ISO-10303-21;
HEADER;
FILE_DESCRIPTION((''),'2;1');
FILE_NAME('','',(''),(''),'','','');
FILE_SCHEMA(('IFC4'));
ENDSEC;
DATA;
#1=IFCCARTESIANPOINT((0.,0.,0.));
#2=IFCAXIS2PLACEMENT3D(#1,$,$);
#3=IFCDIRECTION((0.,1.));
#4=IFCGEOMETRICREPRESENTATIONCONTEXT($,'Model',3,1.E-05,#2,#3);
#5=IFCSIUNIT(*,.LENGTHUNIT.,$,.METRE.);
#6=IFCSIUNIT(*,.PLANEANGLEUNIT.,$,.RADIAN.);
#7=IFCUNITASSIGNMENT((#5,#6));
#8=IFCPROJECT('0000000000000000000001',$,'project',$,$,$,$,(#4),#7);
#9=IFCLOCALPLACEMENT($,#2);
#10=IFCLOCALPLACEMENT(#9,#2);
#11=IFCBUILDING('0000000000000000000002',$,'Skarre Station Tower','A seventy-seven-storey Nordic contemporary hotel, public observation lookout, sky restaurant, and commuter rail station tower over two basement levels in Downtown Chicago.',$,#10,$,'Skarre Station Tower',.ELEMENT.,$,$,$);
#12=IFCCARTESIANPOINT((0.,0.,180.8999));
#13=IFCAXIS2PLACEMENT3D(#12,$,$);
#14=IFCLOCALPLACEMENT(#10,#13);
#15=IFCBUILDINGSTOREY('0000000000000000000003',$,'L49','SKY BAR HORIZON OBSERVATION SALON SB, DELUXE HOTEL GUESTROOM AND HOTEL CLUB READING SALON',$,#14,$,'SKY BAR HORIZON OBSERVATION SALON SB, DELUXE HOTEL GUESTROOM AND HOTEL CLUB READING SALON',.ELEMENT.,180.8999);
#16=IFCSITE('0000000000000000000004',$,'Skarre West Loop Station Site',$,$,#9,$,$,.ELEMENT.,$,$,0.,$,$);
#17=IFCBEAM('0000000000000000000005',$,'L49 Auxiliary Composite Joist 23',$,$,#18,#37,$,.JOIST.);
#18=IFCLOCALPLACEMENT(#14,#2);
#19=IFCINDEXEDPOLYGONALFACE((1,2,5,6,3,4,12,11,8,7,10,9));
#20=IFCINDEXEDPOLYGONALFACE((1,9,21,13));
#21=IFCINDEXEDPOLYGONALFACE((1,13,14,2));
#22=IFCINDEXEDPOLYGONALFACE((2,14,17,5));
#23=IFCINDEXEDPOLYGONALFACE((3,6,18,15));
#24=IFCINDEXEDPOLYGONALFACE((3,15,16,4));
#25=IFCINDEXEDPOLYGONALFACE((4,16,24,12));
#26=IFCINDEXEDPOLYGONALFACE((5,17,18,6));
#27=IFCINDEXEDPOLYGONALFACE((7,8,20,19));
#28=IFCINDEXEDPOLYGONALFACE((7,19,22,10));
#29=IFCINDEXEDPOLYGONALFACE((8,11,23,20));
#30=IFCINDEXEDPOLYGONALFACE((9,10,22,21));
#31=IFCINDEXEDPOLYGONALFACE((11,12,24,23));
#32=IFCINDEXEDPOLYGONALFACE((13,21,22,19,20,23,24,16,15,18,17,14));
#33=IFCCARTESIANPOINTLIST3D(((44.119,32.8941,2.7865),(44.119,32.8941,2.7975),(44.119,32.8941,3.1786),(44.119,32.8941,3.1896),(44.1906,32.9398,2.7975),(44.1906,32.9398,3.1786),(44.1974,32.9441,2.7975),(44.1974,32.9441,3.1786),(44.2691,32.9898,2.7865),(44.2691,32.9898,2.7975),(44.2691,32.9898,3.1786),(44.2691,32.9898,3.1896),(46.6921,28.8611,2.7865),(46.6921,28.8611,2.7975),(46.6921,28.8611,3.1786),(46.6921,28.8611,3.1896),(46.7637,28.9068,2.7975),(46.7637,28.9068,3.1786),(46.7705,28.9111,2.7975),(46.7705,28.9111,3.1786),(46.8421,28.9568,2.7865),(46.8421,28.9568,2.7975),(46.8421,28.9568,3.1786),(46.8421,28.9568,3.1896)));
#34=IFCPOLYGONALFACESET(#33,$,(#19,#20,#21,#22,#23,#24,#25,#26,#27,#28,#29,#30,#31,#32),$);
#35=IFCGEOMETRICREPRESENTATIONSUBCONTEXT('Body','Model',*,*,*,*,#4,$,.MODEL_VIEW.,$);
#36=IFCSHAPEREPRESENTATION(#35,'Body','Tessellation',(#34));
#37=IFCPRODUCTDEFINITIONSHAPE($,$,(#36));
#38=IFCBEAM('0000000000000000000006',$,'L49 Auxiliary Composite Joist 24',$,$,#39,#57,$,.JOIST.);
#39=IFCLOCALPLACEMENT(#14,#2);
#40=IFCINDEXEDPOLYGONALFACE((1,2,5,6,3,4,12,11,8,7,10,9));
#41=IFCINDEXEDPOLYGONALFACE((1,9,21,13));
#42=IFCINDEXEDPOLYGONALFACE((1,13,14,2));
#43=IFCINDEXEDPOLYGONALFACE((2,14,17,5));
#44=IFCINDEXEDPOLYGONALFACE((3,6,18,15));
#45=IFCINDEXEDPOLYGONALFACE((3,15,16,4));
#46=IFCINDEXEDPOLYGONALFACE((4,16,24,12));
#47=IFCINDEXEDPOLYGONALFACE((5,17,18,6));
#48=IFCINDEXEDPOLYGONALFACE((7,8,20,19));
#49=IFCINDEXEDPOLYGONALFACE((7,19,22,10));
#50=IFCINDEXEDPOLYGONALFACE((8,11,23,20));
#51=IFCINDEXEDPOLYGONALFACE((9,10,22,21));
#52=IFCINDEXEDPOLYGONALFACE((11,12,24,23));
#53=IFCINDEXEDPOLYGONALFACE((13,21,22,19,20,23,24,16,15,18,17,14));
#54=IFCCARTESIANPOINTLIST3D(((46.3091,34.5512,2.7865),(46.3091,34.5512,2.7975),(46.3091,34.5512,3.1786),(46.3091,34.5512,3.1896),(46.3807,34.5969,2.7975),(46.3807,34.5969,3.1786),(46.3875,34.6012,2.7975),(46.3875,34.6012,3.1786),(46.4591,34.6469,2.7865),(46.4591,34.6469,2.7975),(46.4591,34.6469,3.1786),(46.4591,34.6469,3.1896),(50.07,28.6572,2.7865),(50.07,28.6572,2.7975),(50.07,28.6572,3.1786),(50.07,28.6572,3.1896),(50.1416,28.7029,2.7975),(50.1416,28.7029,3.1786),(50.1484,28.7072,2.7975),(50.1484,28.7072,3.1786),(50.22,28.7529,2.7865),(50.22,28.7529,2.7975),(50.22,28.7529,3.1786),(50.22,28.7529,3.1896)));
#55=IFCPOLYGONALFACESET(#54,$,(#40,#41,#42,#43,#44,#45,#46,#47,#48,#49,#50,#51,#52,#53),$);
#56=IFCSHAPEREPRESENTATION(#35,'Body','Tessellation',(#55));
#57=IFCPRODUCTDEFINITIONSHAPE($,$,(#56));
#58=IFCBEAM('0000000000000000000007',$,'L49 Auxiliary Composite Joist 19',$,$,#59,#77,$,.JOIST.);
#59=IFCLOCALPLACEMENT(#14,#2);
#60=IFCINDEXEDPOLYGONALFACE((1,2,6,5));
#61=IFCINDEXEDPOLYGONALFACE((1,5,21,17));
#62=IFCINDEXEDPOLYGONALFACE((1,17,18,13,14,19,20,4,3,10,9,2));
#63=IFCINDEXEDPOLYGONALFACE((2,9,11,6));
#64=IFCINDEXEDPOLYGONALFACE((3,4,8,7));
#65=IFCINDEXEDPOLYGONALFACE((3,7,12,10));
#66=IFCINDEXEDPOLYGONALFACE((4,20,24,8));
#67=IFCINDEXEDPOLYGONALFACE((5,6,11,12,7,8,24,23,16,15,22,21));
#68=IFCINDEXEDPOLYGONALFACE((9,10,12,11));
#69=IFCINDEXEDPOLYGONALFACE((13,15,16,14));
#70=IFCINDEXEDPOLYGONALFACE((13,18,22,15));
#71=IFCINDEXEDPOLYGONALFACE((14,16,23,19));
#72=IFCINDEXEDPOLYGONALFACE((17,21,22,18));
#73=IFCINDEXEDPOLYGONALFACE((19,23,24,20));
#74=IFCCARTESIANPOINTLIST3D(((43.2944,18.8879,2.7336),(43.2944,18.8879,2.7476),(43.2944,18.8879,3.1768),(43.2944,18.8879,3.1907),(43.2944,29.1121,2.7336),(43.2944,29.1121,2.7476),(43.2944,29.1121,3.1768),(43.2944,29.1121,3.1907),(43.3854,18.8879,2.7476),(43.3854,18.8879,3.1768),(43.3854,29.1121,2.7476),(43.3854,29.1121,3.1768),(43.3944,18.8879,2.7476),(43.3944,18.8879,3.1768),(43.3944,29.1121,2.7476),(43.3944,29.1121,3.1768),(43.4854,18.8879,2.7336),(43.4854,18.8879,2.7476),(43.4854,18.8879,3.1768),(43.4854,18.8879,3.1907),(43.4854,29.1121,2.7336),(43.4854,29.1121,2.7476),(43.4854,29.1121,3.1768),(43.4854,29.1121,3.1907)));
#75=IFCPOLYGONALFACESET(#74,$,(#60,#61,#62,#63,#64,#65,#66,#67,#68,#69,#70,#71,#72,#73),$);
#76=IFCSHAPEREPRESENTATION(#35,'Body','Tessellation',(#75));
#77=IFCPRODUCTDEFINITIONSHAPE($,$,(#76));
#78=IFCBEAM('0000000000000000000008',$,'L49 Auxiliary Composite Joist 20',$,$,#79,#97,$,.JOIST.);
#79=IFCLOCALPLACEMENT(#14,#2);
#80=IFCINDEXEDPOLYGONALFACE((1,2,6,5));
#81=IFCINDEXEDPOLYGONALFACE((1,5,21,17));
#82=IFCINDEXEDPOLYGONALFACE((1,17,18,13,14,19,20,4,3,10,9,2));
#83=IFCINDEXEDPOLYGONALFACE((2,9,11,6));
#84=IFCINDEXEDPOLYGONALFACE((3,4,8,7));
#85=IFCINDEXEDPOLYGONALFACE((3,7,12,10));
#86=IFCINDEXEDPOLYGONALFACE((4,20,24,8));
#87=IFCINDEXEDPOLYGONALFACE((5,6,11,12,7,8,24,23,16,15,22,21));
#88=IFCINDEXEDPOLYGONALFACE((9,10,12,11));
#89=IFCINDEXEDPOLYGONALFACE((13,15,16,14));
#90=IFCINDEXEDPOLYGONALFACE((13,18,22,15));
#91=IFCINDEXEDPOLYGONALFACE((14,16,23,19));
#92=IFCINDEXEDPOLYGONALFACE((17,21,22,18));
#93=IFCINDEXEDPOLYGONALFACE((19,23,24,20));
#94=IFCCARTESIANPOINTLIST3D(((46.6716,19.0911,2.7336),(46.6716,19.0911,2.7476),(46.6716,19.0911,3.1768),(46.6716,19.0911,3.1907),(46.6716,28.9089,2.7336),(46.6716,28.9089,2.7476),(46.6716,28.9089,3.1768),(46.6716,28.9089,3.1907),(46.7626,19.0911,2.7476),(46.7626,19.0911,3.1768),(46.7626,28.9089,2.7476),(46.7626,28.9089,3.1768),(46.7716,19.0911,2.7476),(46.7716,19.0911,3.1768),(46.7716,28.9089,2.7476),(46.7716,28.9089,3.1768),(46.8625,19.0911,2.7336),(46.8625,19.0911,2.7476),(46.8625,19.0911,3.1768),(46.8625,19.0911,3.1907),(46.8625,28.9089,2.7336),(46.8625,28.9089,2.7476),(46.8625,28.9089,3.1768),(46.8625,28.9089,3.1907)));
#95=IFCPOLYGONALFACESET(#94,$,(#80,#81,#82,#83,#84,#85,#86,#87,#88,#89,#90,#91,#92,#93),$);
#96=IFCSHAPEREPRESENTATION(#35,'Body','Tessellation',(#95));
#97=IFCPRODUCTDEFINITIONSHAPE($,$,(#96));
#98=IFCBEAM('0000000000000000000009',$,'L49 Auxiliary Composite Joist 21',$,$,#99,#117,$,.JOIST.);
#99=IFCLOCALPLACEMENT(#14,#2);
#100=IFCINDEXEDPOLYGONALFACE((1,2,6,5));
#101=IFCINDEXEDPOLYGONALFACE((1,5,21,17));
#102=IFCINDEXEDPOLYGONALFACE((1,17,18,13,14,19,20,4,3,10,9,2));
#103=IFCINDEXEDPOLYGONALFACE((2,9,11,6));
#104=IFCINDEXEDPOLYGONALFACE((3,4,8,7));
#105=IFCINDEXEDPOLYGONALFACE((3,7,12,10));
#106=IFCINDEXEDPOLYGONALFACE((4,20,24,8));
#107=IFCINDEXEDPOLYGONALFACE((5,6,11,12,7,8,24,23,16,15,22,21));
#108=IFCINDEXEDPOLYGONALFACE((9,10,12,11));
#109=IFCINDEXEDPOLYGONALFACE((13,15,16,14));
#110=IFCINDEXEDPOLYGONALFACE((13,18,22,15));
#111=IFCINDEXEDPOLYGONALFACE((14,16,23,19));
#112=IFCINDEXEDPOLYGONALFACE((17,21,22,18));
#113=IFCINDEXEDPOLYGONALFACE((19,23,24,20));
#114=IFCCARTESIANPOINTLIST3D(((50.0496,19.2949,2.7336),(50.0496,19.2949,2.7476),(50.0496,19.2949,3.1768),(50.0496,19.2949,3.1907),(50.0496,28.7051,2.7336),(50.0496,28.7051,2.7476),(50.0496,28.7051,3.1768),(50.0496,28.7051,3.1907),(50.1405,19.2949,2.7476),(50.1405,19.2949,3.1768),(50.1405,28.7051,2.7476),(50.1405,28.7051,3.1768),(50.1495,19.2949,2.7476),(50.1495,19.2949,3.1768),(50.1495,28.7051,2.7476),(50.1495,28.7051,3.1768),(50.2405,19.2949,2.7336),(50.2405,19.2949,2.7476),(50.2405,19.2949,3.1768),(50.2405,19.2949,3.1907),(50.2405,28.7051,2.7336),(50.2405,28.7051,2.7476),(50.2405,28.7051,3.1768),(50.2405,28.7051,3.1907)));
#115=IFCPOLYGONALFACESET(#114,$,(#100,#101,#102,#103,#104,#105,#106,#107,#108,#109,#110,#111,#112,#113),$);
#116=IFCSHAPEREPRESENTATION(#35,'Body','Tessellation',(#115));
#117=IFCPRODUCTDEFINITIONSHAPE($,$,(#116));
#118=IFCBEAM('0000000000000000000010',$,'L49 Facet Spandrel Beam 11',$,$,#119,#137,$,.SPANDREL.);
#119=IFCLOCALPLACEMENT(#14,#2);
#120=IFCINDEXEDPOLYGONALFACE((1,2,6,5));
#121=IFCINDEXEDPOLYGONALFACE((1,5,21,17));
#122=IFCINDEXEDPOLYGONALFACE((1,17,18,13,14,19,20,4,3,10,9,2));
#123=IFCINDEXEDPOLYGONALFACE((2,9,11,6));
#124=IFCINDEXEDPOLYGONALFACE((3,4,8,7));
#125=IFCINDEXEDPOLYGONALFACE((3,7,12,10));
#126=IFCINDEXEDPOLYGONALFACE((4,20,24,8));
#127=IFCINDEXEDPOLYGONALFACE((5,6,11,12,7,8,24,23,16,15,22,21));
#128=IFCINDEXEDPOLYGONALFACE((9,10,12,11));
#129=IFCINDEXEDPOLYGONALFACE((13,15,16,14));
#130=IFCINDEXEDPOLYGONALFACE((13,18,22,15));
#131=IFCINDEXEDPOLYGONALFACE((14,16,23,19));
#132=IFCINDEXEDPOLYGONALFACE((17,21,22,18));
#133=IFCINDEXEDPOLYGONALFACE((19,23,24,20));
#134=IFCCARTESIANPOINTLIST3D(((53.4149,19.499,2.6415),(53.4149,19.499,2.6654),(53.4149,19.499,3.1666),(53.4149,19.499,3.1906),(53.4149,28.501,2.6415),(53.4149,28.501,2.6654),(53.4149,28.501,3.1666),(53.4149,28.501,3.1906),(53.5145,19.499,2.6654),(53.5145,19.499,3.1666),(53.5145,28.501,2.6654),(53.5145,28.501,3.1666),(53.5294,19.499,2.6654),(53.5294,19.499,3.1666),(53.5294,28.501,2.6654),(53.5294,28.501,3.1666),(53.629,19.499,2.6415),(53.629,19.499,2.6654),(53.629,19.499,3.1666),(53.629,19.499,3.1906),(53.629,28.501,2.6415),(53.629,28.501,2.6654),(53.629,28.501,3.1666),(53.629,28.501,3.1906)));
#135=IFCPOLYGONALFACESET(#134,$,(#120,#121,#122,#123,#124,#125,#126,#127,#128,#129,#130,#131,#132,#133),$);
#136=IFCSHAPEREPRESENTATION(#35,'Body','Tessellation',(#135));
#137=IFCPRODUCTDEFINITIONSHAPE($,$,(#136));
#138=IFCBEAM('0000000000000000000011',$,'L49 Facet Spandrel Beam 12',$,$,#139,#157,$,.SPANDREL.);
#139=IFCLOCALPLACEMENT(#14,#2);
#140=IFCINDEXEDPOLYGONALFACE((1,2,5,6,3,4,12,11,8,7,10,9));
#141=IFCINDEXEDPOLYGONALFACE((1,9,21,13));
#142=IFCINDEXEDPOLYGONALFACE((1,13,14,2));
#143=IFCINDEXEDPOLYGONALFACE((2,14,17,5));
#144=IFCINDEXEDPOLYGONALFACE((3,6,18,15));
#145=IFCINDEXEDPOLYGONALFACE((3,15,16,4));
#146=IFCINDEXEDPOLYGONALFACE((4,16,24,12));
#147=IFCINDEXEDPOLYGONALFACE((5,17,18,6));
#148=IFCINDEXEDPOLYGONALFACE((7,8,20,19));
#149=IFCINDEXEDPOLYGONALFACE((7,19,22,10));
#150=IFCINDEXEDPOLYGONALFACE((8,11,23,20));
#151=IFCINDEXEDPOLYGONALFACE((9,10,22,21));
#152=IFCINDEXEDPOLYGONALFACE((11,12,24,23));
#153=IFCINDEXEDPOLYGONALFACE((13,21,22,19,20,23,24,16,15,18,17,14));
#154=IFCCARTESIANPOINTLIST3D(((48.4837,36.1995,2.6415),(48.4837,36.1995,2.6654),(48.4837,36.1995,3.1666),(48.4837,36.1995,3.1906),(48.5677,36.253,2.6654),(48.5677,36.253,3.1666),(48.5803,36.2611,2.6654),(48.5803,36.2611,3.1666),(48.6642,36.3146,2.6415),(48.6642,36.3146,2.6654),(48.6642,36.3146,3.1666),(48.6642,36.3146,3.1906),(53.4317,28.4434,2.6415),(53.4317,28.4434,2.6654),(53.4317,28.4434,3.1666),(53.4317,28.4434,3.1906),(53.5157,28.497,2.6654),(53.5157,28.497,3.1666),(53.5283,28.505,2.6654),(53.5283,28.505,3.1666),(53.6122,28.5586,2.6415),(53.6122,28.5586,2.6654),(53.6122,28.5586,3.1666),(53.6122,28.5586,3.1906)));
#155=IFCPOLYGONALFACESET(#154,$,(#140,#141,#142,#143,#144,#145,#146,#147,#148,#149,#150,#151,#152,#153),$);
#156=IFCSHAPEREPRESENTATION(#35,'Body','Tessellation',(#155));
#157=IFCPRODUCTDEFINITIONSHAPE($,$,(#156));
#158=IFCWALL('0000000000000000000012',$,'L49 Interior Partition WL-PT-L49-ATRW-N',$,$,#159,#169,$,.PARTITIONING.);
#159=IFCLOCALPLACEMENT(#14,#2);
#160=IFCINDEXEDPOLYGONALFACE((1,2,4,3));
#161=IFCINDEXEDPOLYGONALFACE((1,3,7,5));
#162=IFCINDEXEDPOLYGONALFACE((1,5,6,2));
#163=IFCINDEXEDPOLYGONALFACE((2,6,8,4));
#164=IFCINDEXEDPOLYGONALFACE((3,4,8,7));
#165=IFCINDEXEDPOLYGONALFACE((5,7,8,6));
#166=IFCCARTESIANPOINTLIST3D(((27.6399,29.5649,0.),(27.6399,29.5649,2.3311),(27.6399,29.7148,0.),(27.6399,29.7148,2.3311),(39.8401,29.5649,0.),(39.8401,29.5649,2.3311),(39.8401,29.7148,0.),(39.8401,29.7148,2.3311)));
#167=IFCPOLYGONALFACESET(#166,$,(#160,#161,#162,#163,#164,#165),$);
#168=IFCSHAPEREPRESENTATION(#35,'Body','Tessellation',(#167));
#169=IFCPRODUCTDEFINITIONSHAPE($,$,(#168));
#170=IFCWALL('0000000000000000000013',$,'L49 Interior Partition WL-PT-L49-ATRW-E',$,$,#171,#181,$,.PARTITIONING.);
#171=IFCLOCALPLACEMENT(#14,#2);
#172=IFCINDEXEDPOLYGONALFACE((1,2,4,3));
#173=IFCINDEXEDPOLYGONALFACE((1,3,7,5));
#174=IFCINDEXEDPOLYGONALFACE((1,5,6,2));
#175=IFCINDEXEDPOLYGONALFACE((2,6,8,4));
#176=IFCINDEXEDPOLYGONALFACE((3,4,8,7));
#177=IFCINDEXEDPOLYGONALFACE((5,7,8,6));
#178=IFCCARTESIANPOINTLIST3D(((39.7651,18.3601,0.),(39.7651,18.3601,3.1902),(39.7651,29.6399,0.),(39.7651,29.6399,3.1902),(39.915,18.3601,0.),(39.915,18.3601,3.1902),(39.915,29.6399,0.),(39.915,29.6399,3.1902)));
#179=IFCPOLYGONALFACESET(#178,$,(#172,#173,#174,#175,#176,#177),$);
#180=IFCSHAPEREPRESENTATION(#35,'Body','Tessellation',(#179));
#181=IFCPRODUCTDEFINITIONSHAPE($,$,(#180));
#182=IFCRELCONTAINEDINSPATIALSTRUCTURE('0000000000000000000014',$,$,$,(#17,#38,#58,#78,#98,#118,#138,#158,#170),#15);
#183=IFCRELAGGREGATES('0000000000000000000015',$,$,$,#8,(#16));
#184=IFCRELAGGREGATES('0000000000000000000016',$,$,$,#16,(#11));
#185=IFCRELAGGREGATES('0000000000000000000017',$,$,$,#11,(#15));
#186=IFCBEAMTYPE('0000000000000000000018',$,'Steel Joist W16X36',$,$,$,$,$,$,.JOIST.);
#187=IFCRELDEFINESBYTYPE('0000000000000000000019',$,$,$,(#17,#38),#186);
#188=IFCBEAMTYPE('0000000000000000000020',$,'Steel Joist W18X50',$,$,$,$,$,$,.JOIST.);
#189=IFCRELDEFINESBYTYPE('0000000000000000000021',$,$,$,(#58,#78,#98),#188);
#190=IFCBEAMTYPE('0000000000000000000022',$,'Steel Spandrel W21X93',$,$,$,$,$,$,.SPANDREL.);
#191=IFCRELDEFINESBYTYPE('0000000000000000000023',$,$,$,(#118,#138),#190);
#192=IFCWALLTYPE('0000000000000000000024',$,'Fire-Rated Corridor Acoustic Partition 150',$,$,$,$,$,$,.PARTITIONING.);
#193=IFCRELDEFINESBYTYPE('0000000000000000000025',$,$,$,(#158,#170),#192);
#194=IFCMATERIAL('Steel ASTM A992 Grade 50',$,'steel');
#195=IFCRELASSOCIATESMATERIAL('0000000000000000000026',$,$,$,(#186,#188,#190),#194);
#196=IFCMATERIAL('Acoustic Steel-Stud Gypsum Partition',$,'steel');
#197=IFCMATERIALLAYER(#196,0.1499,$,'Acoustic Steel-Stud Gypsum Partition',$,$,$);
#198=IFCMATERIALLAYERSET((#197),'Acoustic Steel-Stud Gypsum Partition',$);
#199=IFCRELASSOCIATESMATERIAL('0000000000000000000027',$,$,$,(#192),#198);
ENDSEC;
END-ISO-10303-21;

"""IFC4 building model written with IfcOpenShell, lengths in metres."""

from ifc_helpers import new_model, si_unit, direction, frame, frame_2d, origin, origin_2d, place, context, subcontext, project, spatial, rectangle, i_section, extrude, material, layer, layer_set, material_profile, profile_set, type_object, element, save


model = new_model("IFC4")

# Units and contexts
model_context = context("Model", 3, precision=1e-05, world=origin(), true_north=direction((0.0, 1.0)))
body_context = subcontext(model_context, "Body", "Model", "MODEL_VIEW")
ifc_project = project(units=[si_unit("LENGTHUNIT", "METRE"), si_unit("PLANEANGLEUNIT", "RADIAN")], contexts=[model_context])

# Site, building, storey
site_placement = place(None, origin())
site = spatial("IfcSite", under=ifc_project, at=site_placement, Name="Skarre West Loop Station Site", CompositionType="ELEMENT", RefElevation=0.0)
building_placement = place(site_placement, origin())
building = spatial("IfcBuilding", under=site, at=building_placement, Name="Skarre Station Tower", Description="A seventy-seven-storey Nordic contemporary hotel, public observation lookout, sky restaurant, and commuter rail station tower over two basement levels in Downtown Chicago.", LongName="Skarre Station Tower", CompositionType="ELEMENT")
storey_placement = place(building_placement, frame((0.0, 0.0, 180.8999)))
storey = spatial("IfcBuildingStorey", under=building, at=storey_placement, Name="L49", Description="SKY BAR HORIZON OBSERVATION SALON SB, DELUXE HOTEL GUESTROOM AND HOTEL CLUB READING SALON", LongName="SKY BAR HORIZON OBSERVATION SALON SB, DELUXE HOTEL GUESTROOM AND HOTEL CLUB READING SALON", CompositionType="ELEMENT", Elevation=180.8999)

# Beams
ifc_material_1 = material(Name="Steel ASTM A992 Grade 50", Category="steel")
ifc_material_profile_1 = material_profile(ifc_material_1, i_section(OverallWidth=0.178, OverallDepth=0.4031, WebThickness=0.0081, FlangeThickness=0.011, at=origin_2d()), Name="Steel ASTM A992 Grade 50")
ifc_profile_set_1 = profile_set([ifc_material_profile_1], Name="Steel ASTM A992 Grade 50")
beam_type_1 = type_object("IfcBeamType", Name="Steel Joist W16X36", PredefinedType="JOIST", material=ifc_profile_set_1)
beam_1_placement = place(storey_placement, frame((46.7671, 28.9089, 2.988), z_axis=(-0.537853, 0.843039, 0.0), x_axis=(-0.843039, -0.537853, 0.0)))
element("IfcBeam", 1, at=beam_1_placement, inside=storey, type_object=beam_type_1, Name="L49 Auxiliary Composite Joist 23", PredefinedType="JOIST", context=body_context, shape_type="SweptSolid", body=[
    extrude(i_section(OverallWidth=0.178, OverallDepth=0.4031, WebThickness=0.0081, FlangeThickness=0.011, at=origin_2d()), origin(), (0.0, 0.0, 1.0), 4.7839),
])
beam_2_placement = place(storey_placement, frame((50.145, 28.7051, 2.988), z_axis=(-0.537917, 0.842998, 0.0), x_axis=(-0.842998, -0.537917, 0.0)))
element("IfcBeam", 2, at=beam_2_placement, inside=storey, type_object=beam_type_1, Name="L49 Auxiliary Composite Joist 24", PredefinedType="JOIST", context=body_context, shape_type="SweptSolid", body=[
    extrude(i_section(OverallWidth=0.178, OverallDepth=0.4031, WebThickness=0.0081, FlangeThickness=0.011, at=origin_2d()), origin(), (0.0, 0.0, 1.0), 6.9917),
])
ifc_material_profile_2 = material_profile(ifc_material_1, i_section(OverallWidth=0.1909, OverallDepth=0.457, WebThickness=0.009, FlangeThickness=0.0139, at=origin_2d()), Name="Steel ASTM A992 Grade 50")
ifc_profile_set_2 = profile_set([ifc_material_profile_2], Name="Steel ASTM A992 Grade 50")
beam_type_2 = type_object("IfcBeamType", Name="Steel Joist W18X50", PredefinedType="JOIST", material=ifc_profile_set_2)
beam_3_placement = place(storey_placement, frame((43.3899, 18.8879, 2.9622), z_axis=(0.0, 1.0, 0.0), x_axis=(-1.0, 0.0, 0.0)))
element("IfcBeam", 3, at=beam_3_placement, inside=storey, type_object=beam_type_2, Name="L49 Auxiliary Composite Joist 19", PredefinedType="JOIST", context=body_context, shape_type="SweptSolid", body=[
    extrude(i_section(OverallWidth=0.1909, OverallDepth=0.457, WebThickness=0.009, FlangeThickness=0.0139, at=origin_2d()), origin(), (0.0, 0.0, 1.0), 10.2241),
])
beam_4_placement = place(storey_placement, frame((46.7671, 19.0911, 2.9622), z_axis=(0.0, 1.0, 0.0), x_axis=(-1.0, 0.0, 0.0)))
element("IfcBeam", 4, at=beam_4_placement, inside=storey, type_object=beam_type_2, Name="L49 Auxiliary Composite Joist 20", PredefinedType="JOIST", context=body_context, shape_type="SweptSolid", body=[
    extrude(i_section(OverallWidth=0.1909, OverallDepth=0.457, WebThickness=0.009, FlangeThickness=0.0139, at=origin_2d()), origin(), (0.0, 0.0, 1.0), 9.8179),
])
beam_5_placement = place(storey_placement, frame((50.145, 19.2949, 2.9622), z_axis=(0.0, 1.0, 0.0), x_axis=(-1.0, 0.0, 0.0)))
element("IfcBeam", 5, at=beam_5_placement, inside=storey, type_object=beam_type_2, Name="L49 Auxiliary Composite Joist 21", PredefinedType="JOIST", context=body_context, shape_type="SweptSolid", body=[
    extrude(i_section(OverallWidth=0.1909, OverallDepth=0.457, WebThickness=0.009, FlangeThickness=0.0139, at=origin_2d()), origin(), (0.0, 0.0, 1.0), 9.4102),
])
ifc_material_profile_3 = material_profile(ifc_material_1, i_section(OverallWidth=0.2141, OverallDepth=0.5491, WebThickness=0.0149, FlangeThickness=0.0239, at=origin_2d()), Name="Steel ASTM A992 Grade 50")
ifc_profile_set_3 = profile_set([ifc_material_profile_3], Name="Steel ASTM A992 Grade 50")
beam_type_3 = type_object("IfcBeamType", Name="Steel Spandrel W21X93", PredefinedType="SPANDREL", material=ifc_profile_set_3)
beam_6_placement = place(storey_placement, frame((53.522, 19.499, 2.916), z_axis=(0.0, 1.0, 0.0), x_axis=(-1.0, 0.0, 0.0)))
element("IfcBeam", 6, at=beam_6_placement, inside=storey, type_object=beam_type_3, Name="L49 Facet Spandrel Beam 11", PredefinedType="SPANDREL", context=body_context, shape_type="SweptSolid", body=[
    extrude(i_section(OverallWidth=0.2141, OverallDepth=0.5491, WebThickness=0.0149, FlangeThickness=0.0239, at=origin_2d()), origin(), (0.0, 0.0, 1.0), 9.002),
])
beam_7_placement = place(storey_placement, frame((53.522, 28.501, 2.916), z_axis=(-0.537826, 0.843056, 0.0), x_axis=(-0.843056, -0.537826, 0.0)))
element("IfcBeam", 7, at=beam_7_placement, inside=storey, type_object=beam_type_3, Name="L49 Facet Spandrel Beam 12", PredefinedType="SPANDREL", context=body_context, shape_type="SweptSolid", body=[
    extrude(i_section(OverallWidth=0.2141, OverallDepth=0.5491, WebThickness=0.0149, FlangeThickness=0.0239, at=origin_2d()), origin(), (0.0, 0.0, 1.0), 9.2),
])

# Walls
ifc_material_2 = material(Name="Acoustic Steel-Stud Gypsum Partition", Category="steel")
ifc_layer_1 = layer(ifc_material_2, 0.1499, Name="Acoustic Steel-Stud Gypsum Partition")
ifc_layer_set_1 = layer_set([ifc_layer_1], Name="Acoustic Steel-Stud Gypsum Partition")
wall_type_1 = type_object("IfcWallType", Name="Fire-Rated Corridor Acoustic Partition 150", PredefinedType="PARTITIONING", material=ifc_layer_set_1)
wall_1_placement = place(storey_placement, frame((39.8401, 29.6399, 0.0), z_axis=(0.0, 0.0, 1.0), x_axis=(-1.0, 0.0, 0.0)))
element("IfcWall", 8, at=wall_1_placement, inside=storey, type_object=wall_type_1, Name="L49 Interior Partition WL-PT-L49-ATRW-N", PredefinedType="PARTITIONING", context=body_context, shape_type="SweptSolid", body=[
    extrude(rectangle(XDim=12.2002, YDim=0.1499, at=frame_2d((6.1001, 0.0))), origin(), (0.0, 0.0, 1.0), 2.3311),
])
wall_2_placement = place(storey_placement, frame((39.8401, 18.3601, 0.0), z_axis=(0.0, 0.0, 1.0), x_axis=(0.0, 1.0, 0.0)))
element("IfcWall", 9, at=wall_2_placement, inside=storey, type_object=wall_type_1, Name="L49 Interior Partition WL-PT-L49-ATRW-E", PredefinedType="PARTITIONING", context=body_context, shape_type="SweptSolid", body=[
    extrude(rectangle(XDim=11.2798, YDim=0.1499, at=frame_2d((5.6399, 0.0))), origin(), (0.0, 0.0, 1.0), 3.1902),
])

save(model, "model.ifc")
